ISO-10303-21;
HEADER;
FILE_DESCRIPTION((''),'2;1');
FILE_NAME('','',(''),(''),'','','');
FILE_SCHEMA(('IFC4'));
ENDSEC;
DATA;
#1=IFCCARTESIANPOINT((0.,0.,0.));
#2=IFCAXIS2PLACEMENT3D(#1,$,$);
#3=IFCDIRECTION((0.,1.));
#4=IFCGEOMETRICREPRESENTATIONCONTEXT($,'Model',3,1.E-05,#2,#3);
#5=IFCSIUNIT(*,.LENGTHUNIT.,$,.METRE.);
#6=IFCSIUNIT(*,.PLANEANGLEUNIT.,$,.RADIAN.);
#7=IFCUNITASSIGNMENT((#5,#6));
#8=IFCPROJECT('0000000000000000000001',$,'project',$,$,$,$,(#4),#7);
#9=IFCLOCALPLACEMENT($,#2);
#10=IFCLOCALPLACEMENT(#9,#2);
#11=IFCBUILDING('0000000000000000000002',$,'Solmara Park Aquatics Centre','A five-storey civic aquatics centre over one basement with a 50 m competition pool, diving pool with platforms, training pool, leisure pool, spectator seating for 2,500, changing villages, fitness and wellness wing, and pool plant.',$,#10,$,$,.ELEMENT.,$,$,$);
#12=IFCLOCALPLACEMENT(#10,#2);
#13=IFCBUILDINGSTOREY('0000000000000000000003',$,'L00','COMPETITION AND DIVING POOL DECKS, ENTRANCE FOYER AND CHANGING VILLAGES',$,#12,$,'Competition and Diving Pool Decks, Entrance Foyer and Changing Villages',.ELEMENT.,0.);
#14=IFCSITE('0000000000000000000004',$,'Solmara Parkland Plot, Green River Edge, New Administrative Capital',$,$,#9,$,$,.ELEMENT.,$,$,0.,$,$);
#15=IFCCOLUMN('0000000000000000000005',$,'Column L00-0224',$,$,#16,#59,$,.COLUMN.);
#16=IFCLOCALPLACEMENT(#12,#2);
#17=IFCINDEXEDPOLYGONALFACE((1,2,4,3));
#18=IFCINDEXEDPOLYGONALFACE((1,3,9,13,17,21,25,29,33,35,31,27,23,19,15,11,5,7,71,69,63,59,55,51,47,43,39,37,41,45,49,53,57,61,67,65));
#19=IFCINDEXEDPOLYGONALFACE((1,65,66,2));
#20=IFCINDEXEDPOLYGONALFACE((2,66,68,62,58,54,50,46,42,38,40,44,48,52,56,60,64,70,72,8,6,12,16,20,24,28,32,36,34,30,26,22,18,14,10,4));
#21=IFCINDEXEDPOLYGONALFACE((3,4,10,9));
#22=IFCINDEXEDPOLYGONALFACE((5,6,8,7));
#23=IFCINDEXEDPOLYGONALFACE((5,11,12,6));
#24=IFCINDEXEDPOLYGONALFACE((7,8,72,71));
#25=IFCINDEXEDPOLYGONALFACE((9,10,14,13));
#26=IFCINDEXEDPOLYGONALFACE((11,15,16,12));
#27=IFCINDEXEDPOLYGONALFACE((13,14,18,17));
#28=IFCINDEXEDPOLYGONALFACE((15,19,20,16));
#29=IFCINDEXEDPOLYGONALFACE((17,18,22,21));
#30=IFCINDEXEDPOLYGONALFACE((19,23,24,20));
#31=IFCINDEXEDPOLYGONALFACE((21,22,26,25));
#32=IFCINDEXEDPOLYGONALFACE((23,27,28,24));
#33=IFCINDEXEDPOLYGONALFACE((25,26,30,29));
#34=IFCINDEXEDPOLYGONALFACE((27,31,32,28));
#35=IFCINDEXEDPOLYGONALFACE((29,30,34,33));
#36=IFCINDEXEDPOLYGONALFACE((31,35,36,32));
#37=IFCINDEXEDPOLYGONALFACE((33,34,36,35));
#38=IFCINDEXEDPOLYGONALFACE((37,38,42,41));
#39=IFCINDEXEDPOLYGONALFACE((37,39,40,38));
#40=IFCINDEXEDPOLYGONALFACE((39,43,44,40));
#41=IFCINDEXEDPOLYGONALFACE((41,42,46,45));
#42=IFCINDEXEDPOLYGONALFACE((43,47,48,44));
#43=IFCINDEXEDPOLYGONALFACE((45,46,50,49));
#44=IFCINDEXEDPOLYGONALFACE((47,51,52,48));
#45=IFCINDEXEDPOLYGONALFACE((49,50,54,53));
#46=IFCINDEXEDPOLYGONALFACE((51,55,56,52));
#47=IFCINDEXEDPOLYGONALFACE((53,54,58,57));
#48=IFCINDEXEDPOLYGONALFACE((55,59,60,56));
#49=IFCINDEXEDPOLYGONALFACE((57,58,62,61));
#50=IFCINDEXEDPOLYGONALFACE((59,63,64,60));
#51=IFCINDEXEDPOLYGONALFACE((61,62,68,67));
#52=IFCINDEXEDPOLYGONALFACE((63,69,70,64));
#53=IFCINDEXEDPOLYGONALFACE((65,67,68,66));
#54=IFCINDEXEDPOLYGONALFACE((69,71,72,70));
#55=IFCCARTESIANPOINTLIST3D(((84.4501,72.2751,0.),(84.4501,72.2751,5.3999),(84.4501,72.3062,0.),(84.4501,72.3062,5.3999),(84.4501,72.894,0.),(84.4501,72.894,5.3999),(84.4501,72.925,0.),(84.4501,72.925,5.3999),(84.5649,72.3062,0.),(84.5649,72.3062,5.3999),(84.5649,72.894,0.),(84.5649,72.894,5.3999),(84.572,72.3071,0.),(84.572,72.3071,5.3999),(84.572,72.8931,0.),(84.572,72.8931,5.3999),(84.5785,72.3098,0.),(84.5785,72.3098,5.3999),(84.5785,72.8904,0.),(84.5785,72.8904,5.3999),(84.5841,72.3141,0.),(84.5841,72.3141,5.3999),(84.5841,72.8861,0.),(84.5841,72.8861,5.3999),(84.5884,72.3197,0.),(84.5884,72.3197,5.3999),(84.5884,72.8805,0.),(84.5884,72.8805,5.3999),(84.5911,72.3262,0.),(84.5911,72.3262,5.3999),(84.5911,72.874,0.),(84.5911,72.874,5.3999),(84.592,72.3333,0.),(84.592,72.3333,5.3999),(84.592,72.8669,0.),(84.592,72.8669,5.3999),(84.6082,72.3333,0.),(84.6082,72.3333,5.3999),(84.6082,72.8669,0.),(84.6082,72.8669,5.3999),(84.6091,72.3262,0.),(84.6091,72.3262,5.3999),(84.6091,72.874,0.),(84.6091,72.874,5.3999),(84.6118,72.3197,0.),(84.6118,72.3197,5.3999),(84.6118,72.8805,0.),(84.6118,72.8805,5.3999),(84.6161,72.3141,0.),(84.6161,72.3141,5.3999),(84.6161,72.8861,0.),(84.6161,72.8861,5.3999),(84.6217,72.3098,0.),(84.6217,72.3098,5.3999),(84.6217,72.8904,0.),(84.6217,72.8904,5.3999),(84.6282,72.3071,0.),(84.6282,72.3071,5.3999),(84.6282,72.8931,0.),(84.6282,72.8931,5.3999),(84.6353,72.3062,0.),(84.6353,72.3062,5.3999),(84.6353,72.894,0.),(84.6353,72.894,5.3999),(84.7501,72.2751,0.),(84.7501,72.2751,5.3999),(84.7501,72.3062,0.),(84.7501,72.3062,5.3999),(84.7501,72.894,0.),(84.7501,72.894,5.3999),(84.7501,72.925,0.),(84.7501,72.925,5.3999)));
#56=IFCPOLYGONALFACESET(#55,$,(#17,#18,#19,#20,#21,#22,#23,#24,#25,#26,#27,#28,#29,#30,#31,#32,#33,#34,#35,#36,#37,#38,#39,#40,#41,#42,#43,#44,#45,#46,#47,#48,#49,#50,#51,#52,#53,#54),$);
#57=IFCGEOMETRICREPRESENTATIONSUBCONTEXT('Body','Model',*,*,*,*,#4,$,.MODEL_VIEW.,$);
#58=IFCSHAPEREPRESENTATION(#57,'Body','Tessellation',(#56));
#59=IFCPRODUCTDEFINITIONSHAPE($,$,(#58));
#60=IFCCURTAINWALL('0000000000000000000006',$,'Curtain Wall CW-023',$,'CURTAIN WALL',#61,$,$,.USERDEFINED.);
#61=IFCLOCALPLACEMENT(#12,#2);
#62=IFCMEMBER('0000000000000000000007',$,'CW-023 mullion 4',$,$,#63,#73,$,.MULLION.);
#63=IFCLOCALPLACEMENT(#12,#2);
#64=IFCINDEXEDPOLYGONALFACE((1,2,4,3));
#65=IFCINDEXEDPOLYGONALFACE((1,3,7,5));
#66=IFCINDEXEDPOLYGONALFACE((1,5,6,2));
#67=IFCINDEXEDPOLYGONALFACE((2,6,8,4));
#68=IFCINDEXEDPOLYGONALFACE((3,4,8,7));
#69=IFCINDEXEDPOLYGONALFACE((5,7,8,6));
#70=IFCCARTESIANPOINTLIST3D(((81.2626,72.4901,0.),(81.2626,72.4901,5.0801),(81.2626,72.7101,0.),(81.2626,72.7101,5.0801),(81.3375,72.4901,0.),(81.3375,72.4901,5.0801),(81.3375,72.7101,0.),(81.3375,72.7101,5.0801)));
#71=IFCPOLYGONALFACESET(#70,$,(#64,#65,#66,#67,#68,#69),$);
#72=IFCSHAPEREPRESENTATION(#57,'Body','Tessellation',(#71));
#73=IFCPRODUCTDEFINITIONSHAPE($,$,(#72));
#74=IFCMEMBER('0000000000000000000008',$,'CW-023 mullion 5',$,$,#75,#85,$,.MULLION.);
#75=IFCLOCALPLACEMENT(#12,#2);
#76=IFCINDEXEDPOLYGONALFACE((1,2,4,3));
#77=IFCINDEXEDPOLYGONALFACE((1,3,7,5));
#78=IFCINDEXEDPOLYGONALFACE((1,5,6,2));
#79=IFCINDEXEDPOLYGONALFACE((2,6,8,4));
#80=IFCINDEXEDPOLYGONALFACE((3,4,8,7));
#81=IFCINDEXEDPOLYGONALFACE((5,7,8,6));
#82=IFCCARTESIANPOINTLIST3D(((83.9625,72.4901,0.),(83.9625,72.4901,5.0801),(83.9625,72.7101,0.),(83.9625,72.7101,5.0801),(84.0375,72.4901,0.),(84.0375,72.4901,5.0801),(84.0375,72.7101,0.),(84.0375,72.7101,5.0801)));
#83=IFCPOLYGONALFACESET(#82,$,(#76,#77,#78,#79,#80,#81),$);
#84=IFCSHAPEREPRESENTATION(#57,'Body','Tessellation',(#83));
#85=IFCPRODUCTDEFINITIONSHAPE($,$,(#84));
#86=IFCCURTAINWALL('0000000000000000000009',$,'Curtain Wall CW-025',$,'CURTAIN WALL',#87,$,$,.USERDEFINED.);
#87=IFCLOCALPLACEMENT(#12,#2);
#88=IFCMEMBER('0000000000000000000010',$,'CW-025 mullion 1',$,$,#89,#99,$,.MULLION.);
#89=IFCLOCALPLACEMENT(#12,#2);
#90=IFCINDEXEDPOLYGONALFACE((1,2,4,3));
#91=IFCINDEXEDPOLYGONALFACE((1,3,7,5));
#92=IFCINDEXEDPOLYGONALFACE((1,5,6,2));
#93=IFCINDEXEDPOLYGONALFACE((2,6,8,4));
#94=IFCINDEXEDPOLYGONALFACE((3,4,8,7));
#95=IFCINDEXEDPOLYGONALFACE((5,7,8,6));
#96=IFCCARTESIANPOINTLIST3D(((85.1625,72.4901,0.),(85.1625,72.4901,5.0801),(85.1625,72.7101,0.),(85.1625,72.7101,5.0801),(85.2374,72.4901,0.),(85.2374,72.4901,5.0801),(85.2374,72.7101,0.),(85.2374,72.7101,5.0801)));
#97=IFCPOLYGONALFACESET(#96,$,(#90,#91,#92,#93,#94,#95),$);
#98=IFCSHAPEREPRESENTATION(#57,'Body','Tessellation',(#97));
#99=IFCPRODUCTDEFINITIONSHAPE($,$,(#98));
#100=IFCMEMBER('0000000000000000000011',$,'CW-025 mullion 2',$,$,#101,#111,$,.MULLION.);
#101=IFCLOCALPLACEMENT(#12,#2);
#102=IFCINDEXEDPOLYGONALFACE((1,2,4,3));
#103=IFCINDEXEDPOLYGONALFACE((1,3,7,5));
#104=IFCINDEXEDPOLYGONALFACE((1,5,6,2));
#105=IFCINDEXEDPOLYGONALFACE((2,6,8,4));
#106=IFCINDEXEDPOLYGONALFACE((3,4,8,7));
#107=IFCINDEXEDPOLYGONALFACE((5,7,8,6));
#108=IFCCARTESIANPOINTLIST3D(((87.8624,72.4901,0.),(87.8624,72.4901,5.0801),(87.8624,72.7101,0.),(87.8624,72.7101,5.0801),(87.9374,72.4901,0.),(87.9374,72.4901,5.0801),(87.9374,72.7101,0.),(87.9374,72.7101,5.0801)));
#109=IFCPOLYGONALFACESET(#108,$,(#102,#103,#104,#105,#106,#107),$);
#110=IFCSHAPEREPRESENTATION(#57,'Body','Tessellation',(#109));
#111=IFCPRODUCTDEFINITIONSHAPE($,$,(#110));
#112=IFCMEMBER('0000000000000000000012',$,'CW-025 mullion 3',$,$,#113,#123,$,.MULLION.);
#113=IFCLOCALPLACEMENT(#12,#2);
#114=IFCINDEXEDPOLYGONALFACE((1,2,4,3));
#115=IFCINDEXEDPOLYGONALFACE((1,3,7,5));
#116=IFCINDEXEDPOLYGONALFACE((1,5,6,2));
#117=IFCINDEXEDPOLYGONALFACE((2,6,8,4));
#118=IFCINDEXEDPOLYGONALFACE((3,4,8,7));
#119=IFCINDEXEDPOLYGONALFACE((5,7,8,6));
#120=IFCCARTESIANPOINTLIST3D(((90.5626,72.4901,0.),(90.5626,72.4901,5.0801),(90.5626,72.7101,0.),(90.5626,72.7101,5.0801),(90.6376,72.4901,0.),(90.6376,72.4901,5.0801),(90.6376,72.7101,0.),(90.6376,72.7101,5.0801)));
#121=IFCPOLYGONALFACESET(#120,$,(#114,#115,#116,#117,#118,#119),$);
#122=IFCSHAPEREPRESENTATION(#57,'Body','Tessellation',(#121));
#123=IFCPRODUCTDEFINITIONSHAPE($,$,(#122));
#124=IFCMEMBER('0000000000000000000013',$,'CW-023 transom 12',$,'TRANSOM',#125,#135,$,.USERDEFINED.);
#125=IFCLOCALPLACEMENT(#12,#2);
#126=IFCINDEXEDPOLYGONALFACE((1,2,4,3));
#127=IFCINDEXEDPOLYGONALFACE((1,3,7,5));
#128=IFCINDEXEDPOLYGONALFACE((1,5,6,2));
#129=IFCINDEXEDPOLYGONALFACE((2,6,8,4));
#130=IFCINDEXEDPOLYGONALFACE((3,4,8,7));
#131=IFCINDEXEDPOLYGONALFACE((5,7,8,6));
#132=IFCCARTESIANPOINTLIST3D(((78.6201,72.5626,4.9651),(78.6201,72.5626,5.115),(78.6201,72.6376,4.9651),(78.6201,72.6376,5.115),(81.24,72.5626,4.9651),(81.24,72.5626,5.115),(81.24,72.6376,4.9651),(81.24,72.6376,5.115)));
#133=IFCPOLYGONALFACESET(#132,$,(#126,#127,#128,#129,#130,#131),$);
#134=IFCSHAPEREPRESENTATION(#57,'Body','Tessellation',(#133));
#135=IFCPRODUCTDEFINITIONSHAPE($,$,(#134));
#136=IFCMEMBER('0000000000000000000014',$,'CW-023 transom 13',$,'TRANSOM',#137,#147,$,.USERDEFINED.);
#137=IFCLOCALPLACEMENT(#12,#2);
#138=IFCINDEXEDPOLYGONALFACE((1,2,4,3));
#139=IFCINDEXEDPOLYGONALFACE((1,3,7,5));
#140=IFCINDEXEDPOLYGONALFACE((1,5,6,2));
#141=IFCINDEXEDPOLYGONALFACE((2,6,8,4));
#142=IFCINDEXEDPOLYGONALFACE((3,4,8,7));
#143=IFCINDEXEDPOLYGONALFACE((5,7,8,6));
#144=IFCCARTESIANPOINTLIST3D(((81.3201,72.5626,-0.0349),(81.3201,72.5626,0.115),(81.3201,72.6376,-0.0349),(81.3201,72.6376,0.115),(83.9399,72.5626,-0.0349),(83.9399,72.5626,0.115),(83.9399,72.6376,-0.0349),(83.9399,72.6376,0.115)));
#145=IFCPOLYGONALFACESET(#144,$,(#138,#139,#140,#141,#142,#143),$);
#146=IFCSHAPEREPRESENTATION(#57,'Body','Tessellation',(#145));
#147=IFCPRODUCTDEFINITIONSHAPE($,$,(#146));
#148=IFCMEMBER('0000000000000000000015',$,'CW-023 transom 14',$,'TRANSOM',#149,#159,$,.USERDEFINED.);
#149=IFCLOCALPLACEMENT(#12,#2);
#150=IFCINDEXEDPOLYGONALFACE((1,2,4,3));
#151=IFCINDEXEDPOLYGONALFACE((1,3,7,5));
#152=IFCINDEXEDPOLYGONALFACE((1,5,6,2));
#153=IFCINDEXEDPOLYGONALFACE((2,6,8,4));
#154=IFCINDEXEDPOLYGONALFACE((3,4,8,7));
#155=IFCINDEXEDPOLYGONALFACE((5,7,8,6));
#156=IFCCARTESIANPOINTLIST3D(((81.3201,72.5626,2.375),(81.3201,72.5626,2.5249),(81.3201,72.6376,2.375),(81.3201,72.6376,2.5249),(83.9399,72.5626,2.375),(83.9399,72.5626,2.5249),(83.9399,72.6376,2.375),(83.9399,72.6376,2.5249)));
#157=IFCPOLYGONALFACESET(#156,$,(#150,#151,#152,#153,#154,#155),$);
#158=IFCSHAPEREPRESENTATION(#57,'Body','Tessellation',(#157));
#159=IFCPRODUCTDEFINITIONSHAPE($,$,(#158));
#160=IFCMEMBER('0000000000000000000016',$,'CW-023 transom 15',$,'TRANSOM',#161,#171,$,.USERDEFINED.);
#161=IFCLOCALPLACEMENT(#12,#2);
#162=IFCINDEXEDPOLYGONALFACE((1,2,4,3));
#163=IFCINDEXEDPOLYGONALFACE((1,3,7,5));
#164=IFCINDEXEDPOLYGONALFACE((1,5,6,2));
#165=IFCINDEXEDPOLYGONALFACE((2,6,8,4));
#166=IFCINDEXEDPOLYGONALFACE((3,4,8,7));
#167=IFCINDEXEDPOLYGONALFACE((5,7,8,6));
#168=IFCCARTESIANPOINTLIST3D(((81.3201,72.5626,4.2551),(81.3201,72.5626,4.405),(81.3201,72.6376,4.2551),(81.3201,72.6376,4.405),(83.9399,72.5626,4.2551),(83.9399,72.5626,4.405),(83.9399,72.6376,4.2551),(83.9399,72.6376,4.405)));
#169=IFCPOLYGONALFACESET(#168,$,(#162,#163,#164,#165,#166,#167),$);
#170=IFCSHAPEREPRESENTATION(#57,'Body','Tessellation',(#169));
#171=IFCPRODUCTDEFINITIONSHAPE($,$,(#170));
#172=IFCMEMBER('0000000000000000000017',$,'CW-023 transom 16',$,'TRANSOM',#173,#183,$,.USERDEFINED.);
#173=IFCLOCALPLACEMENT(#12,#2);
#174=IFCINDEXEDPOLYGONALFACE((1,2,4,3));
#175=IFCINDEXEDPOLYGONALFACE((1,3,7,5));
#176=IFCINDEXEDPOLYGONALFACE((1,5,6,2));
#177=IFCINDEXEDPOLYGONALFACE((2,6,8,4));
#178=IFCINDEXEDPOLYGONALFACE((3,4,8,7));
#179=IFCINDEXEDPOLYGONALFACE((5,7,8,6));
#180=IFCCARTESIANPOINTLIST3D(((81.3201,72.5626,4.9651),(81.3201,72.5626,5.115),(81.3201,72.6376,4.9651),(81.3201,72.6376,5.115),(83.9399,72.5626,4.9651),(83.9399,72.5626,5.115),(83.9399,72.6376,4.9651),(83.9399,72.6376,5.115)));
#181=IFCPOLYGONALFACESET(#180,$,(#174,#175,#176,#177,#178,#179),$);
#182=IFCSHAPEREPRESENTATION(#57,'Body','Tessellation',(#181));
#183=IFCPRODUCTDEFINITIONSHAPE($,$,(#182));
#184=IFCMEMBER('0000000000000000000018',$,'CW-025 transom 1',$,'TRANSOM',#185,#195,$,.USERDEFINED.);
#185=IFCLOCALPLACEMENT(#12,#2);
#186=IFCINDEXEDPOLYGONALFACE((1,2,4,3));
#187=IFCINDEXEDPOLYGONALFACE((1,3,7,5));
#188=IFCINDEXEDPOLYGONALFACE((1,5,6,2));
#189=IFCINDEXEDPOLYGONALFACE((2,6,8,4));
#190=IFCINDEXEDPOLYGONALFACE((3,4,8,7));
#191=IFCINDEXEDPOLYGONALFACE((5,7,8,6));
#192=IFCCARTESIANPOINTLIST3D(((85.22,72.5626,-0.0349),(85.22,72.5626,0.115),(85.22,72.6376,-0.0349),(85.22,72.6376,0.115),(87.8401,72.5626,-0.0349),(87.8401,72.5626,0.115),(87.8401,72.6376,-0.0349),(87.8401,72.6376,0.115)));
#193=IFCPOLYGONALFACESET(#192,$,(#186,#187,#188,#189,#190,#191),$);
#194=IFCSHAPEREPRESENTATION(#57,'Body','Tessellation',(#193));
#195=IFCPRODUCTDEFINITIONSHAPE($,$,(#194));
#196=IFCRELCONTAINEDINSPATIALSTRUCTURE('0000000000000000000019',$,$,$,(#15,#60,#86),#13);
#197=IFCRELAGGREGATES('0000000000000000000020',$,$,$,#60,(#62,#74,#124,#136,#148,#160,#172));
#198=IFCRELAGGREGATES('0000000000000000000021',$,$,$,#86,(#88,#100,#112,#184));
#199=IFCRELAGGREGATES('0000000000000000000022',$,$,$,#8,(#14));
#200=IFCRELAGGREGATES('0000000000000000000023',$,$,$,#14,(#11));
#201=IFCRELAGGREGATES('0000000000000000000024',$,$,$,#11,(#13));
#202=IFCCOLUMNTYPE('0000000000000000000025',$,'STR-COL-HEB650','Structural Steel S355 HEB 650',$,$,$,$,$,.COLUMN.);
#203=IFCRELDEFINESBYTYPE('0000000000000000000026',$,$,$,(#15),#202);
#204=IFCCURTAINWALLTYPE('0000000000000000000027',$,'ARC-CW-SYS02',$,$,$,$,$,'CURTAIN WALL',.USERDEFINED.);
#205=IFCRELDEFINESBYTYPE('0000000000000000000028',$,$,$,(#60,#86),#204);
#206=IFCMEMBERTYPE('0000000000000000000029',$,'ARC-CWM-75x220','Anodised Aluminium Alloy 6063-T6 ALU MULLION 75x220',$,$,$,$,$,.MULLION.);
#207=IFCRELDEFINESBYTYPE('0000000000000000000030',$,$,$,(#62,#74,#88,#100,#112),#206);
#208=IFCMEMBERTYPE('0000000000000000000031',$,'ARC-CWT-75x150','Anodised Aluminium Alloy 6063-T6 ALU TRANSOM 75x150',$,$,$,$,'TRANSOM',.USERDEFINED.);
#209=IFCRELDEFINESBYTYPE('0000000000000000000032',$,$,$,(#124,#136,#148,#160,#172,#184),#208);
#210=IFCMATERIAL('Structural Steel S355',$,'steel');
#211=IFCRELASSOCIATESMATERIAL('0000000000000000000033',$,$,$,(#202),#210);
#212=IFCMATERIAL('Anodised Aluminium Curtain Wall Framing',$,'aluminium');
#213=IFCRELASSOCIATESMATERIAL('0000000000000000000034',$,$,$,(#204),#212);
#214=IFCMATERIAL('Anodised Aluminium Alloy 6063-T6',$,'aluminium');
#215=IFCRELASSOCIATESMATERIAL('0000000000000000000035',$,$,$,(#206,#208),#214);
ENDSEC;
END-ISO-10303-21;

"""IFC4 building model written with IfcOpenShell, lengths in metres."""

from ifc_helpers import new_model, si_unit, direction, frame, origin, origin_2d, place, context, subcontext, project, spatial, rectangle, i_section, extrude, material, material_profile, profile_set, type_object, element, aggregate, save


model = new_model("IFC4")

# Units and contexts
model_context = context("Model", 3, precision=1e-05, world=origin(), true_north=direction((0.0, 1.0)))
body_context = subcontext(model_context, "Body", "Model", "MODEL_VIEW")
ifc_project = project(units=[si_unit("LENGTHUNIT", "METRE"), si_unit("PLANEANGLEUNIT", "RADIAN")], contexts=[model_context])

# Site, building, storey
site_placement = place(None, origin())
site = spatial("IfcSite", under=ifc_project, at=site_placement, Name="Solmara Parkland Plot, Green River Edge, New Administrative Capital", CompositionType="ELEMENT", RefElevation=0.0)
building_placement = place(site_placement, origin())
building = spatial("IfcBuilding", under=site, at=building_placement, Name="Solmara Park Aquatics Centre", Description="A five-storey civic aquatics centre over one basement with a 50 m competition pool, diving pool with platforms, training pool, leisure pool, spectator seating for 2,500, changing villages, fitness and wellness wing, and pool plant.", CompositionType="ELEMENT")
storey_placement = place(building_placement, origin())
storey = spatial("IfcBuildingStorey", under=building, at=storey_placement, Name="L00", Description="COMPETITION AND DIVING POOL DECKS, ENTRANCE FOYER AND CHANGING VILLAGES", LongName="Competition and Diving Pool Decks, Entrance Foyer and Changing Villages", CompositionType="ELEMENT", Elevation=0.0)

# Column
ifc_material_1 = material(Name="Structural Steel S355", Category="steel")
ifc_material_profile_1 = material_profile(ifc_material_1, i_section(OverallWidth=0.3, OverallDepth=0.6499, WebThickness=0.0161, FlangeThickness=0.031, FilletRadius=0.0271, at=origin_2d()), Name="HEB 650")
ifc_profile_set_1 = profile_set([ifc_material_profile_1], Name="Structural Steel S355")
column_type = type_object("IfcColumnType", Name="STR-COL-HEB650", Description="Structural Steel S355 HEB 650", PredefinedType="COLUMN", material=ifc_profile_set_1)
column_placement = place(storey_placement, frame((84.6001, 72.6001, 0.0), z_axis=(0.0, 0.0, 1.0), x_axis=(1.0, 0.0, 0.0)))
element("IfcColumn", 1, at=column_placement, inside=storey, type_object=column_type, Name="Column L00-0224", PredefinedType="COLUMN", context=body_context, shape_type="SweptSolid", body=[
    extrude(i_section(OverallWidth=0.3, OverallDepth=0.6499, WebThickness=0.0161, FlangeThickness=0.031, FilletRadius=0.0271, at=origin_2d()), origin(), (0.0, 0.0, 1.0), 5.3999),
])

# Curtain walls, members
ifc_material_2 = material(Name="Anodised Aluminium Curtain Wall Framing", Category="aluminium")
curtain_wall_type = type_object("IfcCurtainWallType", Name="ARC-CW-SYS02", ElementType="CURTAIN WALL", PredefinedType="USERDEFINED", material=ifc_material_2)
curtain_wall_1_placement = place(storey_placement, origin())
curtain_wall_1 = element("IfcCurtainWall", 2, at=curtain_wall_1_placement, inside=storey, type_object=curtain_wall_type, Name="Curtain Wall CW-023", ObjectType="CURTAIN WALL", PredefinedType="USERDEFINED")
ifc_material_3 = material(Name="Anodised Aluminium Alloy 6063-T6", Category="aluminium")
ifc_material_profile_2 = material_profile(ifc_material_3, rectangle(XDim=0.075, YDim=0.22, at=origin_2d()), Name="ALU MULLION 75x220")
ifc_profile_set_2 = profile_set([ifc_material_profile_2], Name="Anodised Aluminium Alloy 6063-T6")
member_type_1 = type_object("IfcMemberType", Name="ARC-CWM-75x220", Description="Anodised Aluminium Alloy 6063-T6 ALU MULLION 75x220", PredefinedType="MULLION", material=ifc_profile_set_2)
member_1_placement = place(storey_placement, frame((81.3, 72.6001, 0.0), z_axis=(0.0, 0.0, 1.0), x_axis=(1.0, 0.0, 0.0)))
member_1 = element("IfcMember", 3, at=member_1_placement, type_object=member_type_1, Name="CW-023 mullion 4", PredefinedType="MULLION", context=body_context, shape_type="SweptSolid", body=[
    extrude(rectangle(XDim=0.075, YDim=0.22, at=origin_2d()), origin(), (0.0, 0.0, 1.0), 5.0801),
])
member_2_placement = place(storey_placement, frame((84.0, 72.6001, 0.0), z_axis=(0.0, 0.0, 1.0), x_axis=(1.0, 0.0, 0.0)))
member_2 = element("IfcMember", 4, at=member_2_placement, type_object=member_type_1, Name="CW-023 mullion 5", PredefinedType="MULLION", context=body_context, shape_type="SweptSolid", body=[
    extrude(rectangle(XDim=0.075, YDim=0.22, at=origin_2d()), origin(), (0.0, 0.0, 1.0), 5.0801),
])
curtain_wall_2_placement = place(storey_placement, origin())
curtain_wall_2 = element("IfcCurtainWall", 5, at=curtain_wall_2_placement, inside=storey, type_object=curtain_wall_type, Name="Curtain Wall CW-025", ObjectType="CURTAIN WALL", PredefinedType="USERDEFINED")
member_3_placement = place(storey_placement, frame((85.2, 72.6001, 0.0), z_axis=(0.0, 0.0, 1.0), x_axis=(1.0, 0.0, 0.0)))
member_3 = element("IfcMember", 6, at=member_3_placement, type_object=member_type_1, Name="CW-025 mullion 1", PredefinedType="MULLION", context=body_context, shape_type="SweptSolid", body=[
    extrude(rectangle(XDim=0.075, YDim=0.22, at=origin_2d()), origin(), (0.0, 0.0, 1.0), 5.0801),
])
member_4_placement = place(storey_placement, frame((87.8999, 72.6001, 0.0), z_axis=(0.0, 0.0, 1.0), x_axis=(1.0, 0.0, 0.0)))
member_4 = element("IfcMember", 7, at=member_4_placement, type_object=member_type_1, Name="CW-025 mullion 2", PredefinedType="MULLION", context=body_context, shape_type="SweptSolid", body=[
    extrude(rectangle(XDim=0.075, YDim=0.22, at=origin_2d()), origin(), (0.0, 0.0, 1.0), 5.0801),
])
member_5_placement = place(storey_placement, frame((90.6001, 72.6001, 0.0), z_axis=(0.0, 0.0, 1.0), x_axis=(1.0, 0.0, 0.0)))
member_5 = element("IfcMember", 8, at=member_5_placement, type_object=member_type_1, Name="CW-025 mullion 3", PredefinedType="MULLION", context=body_context, shape_type="SweptSolid", body=[
    extrude(rectangle(XDim=0.075, YDim=0.22, at=origin_2d()), origin(), (0.0, 0.0, 1.0), 5.0801),
])

# Members
ifc_material_profile_3 = material_profile(ifc_material_3, rectangle(XDim=0.075, YDim=0.1499, at=origin_2d()), Name="ALU TRANSOM 75x150")
ifc_profile_set_3 = profile_set([ifc_material_profile_3], Name="Anodised Aluminium Alloy 6063-T6")
member_type_2 = type_object("IfcMemberType", Name="ARC-CWT-75x150", Description="Anodised Aluminium Alloy 6063-T6 ALU TRANSOM 75x150", ElementType="TRANSOM", PredefinedType="USERDEFINED", material=ifc_profile_set_3)
member_6_placement = place(storey_placement, frame((78.6201, 72.6001, 5.04), z_axis=(1.0, 0.0, 0.0), x_axis=(0.0, 1.0, 0.0)))
member_6 = element("IfcMember", 9, at=member_6_placement, type_object=member_type_2, Name="CW-023 transom 12", ObjectType="TRANSOM", PredefinedType="USERDEFINED", context=body_context, shape_type="SweptSolid", body=[
    extrude(rectangle(XDim=0.075, YDim=0.1499, at=origin_2d()), origin(), (0.0, 0.0, 1.0), 2.6199),
])
member_7_placement = place(storey_placement, frame((81.3201, 72.6001, 0.04), z_axis=(1.0, 0.0, 0.0), x_axis=(0.0, 1.0, 0.0)))
member_7 = element("IfcMember", 10, at=member_7_placement, type_object=member_type_2, Name="CW-023 transom 13", ObjectType="TRANSOM", PredefinedType="USERDEFINED", context=body_context, shape_type="SweptSolid", body=[
    extrude(rectangle(XDim=0.075, YDim=0.1499, at=origin_2d()), origin(), (0.0, 0.0, 1.0), 2.6199),
])
member_8_placement = place(storey_placement, frame((81.3201, 72.6001, 2.45), z_axis=(1.0, 0.0, 0.0), x_axis=(0.0, 1.0, 0.0)))
member_8 = element("IfcMember", 11, at=member_8_placement, type_object=member_type_2, Name="CW-023 transom 14", ObjectType="TRANSOM", PredefinedType="USERDEFINED", context=body_context, shape_type="SweptSolid", body=[
    extrude(rectangle(XDim=0.075, YDim=0.1499, at=origin_2d()), origin(), (0.0, 0.0, 1.0), 2.6199),
])
member_9_placement = place(storey_placement, frame((81.3201, 72.6001, 4.3301), z_axis=(1.0, 0.0, 0.0), x_axis=(0.0, 1.0, 0.0)))
member_9 = element("IfcMember", 12, at=member_9_placement, type_object=member_type_2, Name="CW-023 transom 15", ObjectType="TRANSOM", PredefinedType="USERDEFINED", context=body_context, shape_type="SweptSolid", body=[
    extrude(rectangle(XDim=0.075, YDim=0.1499, at=origin_2d()), origin(), (0.0, 0.0, 1.0), 2.6199),
])
member_10_placement = place(storey_placement, frame((81.3201, 72.6001, 5.04), z_axis=(1.0, 0.0, 0.0), x_axis=(0.0, 1.0, 0.0)))
member_10 = element("IfcMember", 13, at=member_10_placement, type_object=member_type_2, Name="CW-023 transom 16", ObjectType="TRANSOM", PredefinedType="USERDEFINED", context=body_context, shape_type="SweptSolid", body=[
    extrude(rectangle(XDim=0.075, YDim=0.1499, at=origin_2d()), origin(), (0.0, 0.0, 1.0), 2.6199),
])
member_11_placement = place(storey_placement, frame((85.22, 72.6001, 0.04), z_axis=(1.0, 0.0, 0.0), x_axis=(0.0, 1.0, 0.0)))
member_11 = element("IfcMember", 14, at=member_11_placement, type_object=member_type_2, Name="CW-025 transom 1", ObjectType="TRANSOM", PredefinedType="USERDEFINED", context=body_context, shape_type="SweptSolid", body=[
    extrude(rectangle(XDim=0.075, YDim=0.1499, at=origin_2d()), origin(), (0.0, 0.0, 1.0), 2.6201),
])

aggregate(curtain_wall_1, [member_1, member_2, member_6, member_7, member_8, member_9, member_10])
aggregate(curtain_wall_2, [member_3, member_4, member_5, member_11])

save(model, "model.ifc")
